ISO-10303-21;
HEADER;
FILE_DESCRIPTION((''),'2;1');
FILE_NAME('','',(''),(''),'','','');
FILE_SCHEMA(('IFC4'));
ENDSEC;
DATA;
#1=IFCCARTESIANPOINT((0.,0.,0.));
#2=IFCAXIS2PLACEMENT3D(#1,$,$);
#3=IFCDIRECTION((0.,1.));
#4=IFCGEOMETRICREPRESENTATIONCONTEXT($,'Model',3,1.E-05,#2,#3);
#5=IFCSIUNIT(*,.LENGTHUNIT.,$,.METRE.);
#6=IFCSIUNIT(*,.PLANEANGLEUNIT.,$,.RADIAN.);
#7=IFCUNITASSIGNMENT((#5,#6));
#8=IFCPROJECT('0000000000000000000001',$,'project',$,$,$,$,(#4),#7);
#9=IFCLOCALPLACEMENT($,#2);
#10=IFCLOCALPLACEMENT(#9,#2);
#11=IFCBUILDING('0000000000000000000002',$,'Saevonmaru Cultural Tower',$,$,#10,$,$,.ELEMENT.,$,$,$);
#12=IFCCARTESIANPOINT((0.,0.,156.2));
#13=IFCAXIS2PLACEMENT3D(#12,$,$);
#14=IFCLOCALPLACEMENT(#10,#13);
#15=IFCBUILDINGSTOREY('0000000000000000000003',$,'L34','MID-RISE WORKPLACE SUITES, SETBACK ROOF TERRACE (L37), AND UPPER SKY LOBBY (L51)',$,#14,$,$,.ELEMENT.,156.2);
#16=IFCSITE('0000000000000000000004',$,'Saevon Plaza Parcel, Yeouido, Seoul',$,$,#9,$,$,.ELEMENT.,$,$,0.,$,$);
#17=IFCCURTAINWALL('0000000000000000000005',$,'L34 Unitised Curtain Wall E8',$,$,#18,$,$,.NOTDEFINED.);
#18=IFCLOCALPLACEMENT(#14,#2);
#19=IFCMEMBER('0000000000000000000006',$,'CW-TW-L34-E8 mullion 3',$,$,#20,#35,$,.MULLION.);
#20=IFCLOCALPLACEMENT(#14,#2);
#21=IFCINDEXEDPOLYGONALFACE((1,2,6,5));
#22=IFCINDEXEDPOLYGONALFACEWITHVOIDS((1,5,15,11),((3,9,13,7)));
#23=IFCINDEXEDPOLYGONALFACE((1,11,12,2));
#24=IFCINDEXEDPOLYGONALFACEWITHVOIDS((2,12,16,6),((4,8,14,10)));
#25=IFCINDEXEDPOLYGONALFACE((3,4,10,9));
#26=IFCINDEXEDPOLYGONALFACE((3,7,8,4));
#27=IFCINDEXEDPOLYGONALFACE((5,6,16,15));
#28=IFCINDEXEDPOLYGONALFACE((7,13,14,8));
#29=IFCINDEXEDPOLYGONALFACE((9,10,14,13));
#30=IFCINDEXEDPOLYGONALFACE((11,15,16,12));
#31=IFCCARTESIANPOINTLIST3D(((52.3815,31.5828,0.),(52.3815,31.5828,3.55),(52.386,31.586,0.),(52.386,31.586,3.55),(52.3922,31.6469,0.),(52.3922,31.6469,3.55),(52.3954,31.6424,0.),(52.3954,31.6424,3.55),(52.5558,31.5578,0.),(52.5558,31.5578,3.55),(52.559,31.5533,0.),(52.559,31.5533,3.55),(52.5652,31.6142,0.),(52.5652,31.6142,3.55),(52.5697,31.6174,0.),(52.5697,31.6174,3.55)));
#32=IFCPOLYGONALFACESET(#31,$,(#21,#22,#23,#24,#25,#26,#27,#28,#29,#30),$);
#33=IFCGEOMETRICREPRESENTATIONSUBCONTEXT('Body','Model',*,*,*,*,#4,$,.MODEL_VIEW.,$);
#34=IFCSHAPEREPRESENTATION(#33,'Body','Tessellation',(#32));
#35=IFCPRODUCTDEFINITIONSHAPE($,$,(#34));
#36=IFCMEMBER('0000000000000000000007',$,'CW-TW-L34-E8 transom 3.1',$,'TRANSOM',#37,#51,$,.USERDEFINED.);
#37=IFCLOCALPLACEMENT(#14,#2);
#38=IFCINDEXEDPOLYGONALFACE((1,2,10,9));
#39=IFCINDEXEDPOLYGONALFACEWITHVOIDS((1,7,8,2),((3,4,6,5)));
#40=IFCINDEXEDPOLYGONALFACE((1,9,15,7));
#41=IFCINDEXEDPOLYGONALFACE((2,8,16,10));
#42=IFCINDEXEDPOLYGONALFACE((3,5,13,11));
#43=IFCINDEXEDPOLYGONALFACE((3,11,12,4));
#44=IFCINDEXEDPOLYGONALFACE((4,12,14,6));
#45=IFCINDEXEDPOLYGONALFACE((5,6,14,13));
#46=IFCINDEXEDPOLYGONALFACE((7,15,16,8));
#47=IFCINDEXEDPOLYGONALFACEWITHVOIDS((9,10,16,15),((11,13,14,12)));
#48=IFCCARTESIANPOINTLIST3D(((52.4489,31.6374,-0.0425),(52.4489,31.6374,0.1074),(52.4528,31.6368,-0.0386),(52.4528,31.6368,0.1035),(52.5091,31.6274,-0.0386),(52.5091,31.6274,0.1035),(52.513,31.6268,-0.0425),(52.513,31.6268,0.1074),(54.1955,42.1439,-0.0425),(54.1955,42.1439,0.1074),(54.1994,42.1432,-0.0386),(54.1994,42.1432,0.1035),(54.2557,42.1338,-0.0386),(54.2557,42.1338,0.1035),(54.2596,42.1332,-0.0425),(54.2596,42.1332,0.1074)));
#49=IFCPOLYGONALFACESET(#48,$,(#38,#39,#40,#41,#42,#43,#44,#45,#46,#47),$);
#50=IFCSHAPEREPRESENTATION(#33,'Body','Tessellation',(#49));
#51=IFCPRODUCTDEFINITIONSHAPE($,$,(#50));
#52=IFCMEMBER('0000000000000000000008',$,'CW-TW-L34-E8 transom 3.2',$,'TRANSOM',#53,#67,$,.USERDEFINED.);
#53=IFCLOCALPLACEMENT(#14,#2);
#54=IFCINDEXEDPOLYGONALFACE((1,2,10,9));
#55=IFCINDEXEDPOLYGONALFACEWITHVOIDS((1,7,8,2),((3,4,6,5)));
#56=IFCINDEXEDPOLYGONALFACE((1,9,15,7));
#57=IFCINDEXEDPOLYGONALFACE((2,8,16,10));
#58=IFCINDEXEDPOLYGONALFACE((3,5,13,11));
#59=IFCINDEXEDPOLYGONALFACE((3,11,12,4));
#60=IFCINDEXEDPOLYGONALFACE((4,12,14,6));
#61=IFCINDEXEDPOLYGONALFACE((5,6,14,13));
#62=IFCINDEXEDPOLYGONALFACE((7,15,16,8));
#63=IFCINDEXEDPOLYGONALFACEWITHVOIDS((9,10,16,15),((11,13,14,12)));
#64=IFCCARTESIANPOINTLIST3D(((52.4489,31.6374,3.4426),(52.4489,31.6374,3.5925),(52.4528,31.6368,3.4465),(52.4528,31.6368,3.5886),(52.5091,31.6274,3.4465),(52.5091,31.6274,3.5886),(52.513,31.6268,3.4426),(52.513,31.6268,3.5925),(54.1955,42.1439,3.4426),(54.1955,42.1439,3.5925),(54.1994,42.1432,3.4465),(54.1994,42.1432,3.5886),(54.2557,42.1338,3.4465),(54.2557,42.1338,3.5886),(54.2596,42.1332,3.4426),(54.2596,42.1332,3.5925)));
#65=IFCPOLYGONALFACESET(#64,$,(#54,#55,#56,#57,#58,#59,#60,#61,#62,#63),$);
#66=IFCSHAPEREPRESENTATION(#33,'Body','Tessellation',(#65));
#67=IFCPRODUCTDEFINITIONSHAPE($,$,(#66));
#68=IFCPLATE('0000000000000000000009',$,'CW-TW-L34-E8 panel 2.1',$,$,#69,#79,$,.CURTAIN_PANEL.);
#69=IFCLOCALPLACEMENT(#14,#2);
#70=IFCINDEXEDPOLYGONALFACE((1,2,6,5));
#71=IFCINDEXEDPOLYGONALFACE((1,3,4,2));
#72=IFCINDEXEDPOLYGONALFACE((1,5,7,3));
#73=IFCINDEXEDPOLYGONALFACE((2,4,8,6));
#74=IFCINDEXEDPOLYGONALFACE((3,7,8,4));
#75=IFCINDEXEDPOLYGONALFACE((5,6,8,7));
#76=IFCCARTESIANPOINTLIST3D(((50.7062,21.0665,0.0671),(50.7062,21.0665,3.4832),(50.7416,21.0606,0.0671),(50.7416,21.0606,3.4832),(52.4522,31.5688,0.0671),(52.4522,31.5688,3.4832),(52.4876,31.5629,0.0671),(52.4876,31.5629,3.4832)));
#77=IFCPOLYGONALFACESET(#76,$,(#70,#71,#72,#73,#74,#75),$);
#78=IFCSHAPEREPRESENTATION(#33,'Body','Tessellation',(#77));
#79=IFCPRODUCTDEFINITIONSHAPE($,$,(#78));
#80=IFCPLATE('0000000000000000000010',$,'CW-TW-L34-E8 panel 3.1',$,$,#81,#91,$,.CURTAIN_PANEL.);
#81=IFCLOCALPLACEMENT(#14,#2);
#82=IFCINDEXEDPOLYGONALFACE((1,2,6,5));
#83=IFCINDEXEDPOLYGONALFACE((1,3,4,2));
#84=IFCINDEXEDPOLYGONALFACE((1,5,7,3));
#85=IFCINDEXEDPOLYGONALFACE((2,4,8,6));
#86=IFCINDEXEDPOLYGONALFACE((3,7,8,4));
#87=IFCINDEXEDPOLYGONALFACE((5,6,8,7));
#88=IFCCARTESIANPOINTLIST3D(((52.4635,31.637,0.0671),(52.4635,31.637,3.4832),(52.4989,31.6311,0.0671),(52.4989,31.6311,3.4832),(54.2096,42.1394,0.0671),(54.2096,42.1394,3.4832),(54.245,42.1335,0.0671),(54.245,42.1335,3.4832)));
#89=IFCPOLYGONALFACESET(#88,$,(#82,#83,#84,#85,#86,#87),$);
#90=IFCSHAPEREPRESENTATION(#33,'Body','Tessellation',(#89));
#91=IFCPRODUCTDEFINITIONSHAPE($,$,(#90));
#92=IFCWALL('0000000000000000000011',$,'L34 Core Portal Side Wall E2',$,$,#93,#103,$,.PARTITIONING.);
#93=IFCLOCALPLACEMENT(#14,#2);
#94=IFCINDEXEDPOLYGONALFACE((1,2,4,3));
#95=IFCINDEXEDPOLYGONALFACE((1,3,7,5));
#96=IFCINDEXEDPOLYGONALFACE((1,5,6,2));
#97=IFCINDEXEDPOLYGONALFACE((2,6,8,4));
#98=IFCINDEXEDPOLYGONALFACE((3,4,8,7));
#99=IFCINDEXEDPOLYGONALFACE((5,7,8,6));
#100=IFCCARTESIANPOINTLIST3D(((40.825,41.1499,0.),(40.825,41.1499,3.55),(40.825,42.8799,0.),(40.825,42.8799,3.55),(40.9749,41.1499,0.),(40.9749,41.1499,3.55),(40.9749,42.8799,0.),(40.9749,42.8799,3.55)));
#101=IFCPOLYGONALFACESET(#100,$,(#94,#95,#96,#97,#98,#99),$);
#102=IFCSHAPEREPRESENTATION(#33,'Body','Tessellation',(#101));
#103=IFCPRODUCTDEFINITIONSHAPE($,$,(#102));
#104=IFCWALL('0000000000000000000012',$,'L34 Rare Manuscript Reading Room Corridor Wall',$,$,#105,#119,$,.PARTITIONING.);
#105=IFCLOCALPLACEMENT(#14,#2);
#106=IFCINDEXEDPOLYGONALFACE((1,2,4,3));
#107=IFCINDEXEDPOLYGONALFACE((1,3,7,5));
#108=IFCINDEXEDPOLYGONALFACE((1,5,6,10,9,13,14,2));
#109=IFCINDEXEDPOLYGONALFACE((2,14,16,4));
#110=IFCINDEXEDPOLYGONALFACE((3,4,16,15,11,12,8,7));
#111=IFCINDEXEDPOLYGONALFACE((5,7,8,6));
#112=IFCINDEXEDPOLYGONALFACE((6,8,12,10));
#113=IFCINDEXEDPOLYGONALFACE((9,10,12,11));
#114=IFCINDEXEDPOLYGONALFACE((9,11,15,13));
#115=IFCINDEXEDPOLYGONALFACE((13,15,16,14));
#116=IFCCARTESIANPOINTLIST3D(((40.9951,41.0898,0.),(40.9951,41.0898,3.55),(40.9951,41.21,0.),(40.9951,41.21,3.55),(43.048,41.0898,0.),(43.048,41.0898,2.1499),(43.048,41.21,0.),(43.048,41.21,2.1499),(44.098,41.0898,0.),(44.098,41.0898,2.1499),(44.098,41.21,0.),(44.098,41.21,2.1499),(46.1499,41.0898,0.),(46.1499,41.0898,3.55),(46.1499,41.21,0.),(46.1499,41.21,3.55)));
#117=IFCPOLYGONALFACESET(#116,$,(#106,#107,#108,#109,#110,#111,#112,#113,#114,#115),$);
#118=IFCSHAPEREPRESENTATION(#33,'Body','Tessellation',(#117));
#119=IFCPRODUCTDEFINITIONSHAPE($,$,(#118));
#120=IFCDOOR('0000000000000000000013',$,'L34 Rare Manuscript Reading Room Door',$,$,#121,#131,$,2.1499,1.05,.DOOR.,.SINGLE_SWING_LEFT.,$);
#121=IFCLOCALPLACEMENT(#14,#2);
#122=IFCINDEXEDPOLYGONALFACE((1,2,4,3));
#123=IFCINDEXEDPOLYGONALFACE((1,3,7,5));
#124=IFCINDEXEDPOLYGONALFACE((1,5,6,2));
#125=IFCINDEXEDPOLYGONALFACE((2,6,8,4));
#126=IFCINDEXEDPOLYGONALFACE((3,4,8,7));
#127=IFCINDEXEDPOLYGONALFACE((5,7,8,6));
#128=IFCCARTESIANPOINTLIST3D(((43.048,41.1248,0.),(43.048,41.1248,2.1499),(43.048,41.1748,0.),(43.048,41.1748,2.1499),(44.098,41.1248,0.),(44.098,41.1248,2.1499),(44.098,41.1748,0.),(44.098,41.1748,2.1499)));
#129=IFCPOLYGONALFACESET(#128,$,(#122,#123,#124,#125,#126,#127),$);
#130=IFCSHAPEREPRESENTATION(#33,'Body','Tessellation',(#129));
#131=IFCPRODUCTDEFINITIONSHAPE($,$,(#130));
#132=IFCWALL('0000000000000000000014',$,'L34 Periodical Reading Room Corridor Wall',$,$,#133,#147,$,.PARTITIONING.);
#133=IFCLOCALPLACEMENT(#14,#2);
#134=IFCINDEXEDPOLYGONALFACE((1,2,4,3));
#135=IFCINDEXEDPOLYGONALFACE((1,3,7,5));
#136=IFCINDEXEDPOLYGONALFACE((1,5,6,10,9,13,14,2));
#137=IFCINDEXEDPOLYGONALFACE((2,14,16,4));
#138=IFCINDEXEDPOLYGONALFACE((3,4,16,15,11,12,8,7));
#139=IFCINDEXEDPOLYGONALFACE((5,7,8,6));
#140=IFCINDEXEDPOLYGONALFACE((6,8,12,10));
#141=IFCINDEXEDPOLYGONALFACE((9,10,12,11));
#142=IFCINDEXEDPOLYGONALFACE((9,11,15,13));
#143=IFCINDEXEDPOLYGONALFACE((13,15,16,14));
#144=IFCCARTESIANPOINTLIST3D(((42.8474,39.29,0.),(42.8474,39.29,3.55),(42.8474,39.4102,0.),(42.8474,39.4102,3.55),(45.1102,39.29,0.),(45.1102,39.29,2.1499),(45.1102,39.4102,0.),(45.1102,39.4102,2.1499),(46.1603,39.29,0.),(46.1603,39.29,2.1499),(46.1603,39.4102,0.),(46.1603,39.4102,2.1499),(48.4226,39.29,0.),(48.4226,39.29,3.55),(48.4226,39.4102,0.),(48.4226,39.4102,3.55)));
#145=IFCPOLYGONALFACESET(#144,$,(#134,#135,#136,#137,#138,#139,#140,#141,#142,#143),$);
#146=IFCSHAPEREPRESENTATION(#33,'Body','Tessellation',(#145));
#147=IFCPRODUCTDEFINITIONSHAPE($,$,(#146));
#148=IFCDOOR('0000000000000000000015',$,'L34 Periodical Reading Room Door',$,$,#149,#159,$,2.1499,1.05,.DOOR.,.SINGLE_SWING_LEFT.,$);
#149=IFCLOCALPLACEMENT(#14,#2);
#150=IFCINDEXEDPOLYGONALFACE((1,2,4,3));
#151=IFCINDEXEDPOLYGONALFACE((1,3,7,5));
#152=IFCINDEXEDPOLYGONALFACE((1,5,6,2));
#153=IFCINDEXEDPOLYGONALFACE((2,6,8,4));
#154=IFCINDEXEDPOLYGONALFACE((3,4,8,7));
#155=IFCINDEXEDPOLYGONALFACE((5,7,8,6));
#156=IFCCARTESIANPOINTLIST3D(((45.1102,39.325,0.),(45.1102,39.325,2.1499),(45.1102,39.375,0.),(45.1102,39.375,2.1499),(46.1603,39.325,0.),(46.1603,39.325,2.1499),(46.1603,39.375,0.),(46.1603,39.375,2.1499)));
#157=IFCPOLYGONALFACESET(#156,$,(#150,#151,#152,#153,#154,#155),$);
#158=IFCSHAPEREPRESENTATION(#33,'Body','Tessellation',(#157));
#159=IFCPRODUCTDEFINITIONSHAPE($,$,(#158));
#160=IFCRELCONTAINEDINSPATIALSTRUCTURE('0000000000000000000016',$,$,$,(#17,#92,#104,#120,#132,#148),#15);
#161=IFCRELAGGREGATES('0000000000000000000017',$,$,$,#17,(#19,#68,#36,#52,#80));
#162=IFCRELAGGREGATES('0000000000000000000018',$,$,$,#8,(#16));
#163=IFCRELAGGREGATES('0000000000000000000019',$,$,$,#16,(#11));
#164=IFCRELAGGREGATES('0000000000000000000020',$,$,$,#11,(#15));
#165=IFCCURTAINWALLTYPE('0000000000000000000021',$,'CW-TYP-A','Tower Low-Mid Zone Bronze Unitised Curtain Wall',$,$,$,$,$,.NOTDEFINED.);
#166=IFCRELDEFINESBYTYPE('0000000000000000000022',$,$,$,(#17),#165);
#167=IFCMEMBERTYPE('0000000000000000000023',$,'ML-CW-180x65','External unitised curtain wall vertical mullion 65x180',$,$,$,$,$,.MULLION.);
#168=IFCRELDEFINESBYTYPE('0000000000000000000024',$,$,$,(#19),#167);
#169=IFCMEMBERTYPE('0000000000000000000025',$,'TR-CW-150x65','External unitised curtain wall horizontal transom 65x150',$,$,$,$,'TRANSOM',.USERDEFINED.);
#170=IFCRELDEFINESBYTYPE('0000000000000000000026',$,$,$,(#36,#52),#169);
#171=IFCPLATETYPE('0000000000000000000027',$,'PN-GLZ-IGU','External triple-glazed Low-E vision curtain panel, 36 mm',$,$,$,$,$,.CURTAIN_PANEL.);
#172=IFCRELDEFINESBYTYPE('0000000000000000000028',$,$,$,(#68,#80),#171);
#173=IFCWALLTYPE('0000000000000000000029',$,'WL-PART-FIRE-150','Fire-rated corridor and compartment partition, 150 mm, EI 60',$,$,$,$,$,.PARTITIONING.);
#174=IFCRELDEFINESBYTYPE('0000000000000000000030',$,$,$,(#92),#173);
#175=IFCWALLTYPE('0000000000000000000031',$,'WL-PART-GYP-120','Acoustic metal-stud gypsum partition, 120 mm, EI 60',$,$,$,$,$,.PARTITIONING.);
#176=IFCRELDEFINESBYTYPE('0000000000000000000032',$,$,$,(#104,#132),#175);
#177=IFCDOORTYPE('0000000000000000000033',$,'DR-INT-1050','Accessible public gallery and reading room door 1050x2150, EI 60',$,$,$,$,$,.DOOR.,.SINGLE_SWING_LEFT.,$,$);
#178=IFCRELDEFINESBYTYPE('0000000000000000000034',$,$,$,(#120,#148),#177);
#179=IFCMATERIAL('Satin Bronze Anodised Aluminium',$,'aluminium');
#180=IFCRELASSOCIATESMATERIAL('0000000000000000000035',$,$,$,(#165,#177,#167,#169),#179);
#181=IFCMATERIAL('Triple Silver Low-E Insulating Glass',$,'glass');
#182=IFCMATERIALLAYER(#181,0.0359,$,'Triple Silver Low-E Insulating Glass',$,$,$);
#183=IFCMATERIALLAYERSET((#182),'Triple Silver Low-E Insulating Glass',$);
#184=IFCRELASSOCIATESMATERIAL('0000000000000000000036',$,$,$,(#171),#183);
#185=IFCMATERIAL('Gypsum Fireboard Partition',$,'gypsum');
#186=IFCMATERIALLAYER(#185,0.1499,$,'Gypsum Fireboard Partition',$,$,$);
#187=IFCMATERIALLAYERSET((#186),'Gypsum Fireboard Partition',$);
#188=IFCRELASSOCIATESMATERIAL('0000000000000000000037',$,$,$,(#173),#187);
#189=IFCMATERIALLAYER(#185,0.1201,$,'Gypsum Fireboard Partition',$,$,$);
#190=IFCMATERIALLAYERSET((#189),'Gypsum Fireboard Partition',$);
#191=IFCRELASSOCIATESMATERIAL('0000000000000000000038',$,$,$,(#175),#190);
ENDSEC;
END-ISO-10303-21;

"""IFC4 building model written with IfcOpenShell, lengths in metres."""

from ifc_helpers import new_model, si_unit, direction, frame, frame_2d, origin, origin_2d, place, context, subcontext, project, spatial, rectangle, hollow_rectangle, extrude, material, layer, layer_set, material_profile, profile_set, type_object, element, fill, aggregate, save


model = new_model("IFC4")

# Units and contexts
model_context = context("Model", 3, precision=1e-05, world=origin(), true_north=direction((0.0, 1.0)))
body_context = subcontext(model_context, "Body", "Model", "MODEL_VIEW")
ifc_project = project(units=[si_unit("LENGTHUNIT", "METRE"), si_unit("PLANEANGLEUNIT", "RADIAN")], contexts=[model_context])

# Site, building, storey
site_placement = place(None, origin())
site = spatial("IfcSite", under=ifc_project, at=site_placement, Name="Saevon Plaza Parcel, Yeouido, Seoul", CompositionType="ELEMENT", RefElevation=0.0)
building_placement = place(site_placement, origin())
building = spatial("IfcBuilding", under=site, at=building_placement, Name="Saevonmaru Cultural Tower", CompositionType="ELEMENT")
storey_placement = place(building_placement, frame((0.0, 0.0, 156.2)))
storey = spatial("IfcBuildingStorey", under=building, at=storey_placement, Name="L34", Description="MID-RISE WORKPLACE SUITES, SETBACK ROOF TERRACE (L37), AND UPPER SKY LOBBY (L51)", CompositionType="ELEMENT", Elevation=156.2)

# Curtain wall, members, plates
ifc_material_1 = material(Name="Satin Bronze Anodised Aluminium", Category="aluminium")
curtain_wall_type = type_object("IfcCurtainWallType", Name="CW-TYP-A", Description="Tower Low-Mid Zone Bronze Unitised Curtain Wall", PredefinedType="NOTDEFINED", material=ifc_material_1)
curtain_wall_placement = place(storey_placement, origin())
curtain_wall = element("IfcCurtainWall", 1, at=curtain_wall_placement, inside=storey, type_object=curtain_wall_type, Name="L34 Unitised Curtain Wall E8", PredefinedType="NOTDEFINED")
ifc_material_profile_1 = material_profile(ifc_material_1, hollow_rectangle(XDim=0.0649, YDim=0.1799, WallThickness=0.0039, at=origin_2d()), Name="ALU-MULL-180x65x4")
ifc_profile_set_1 = profile_set([ifc_material_profile_1], Name="Satin Bronze Anodised Aluminium")
member_type_1 = type_object("IfcMemberType", Name="ML-CW-180x65", Description="External unitised curtain wall vertical mullion 65x180", PredefinedType="MULLION", material=ifc_profile_set_1)
member_1_placement = place(storey_placement, frame((52.4756, 31.6001, 0.0), z_axis=(0.0, 0.0, 1.0), x_axis=(0.163999, 0.986461, 0.0)))
member_1 = element("IfcMember", 2, at=member_1_placement, type_object=member_type_1, Name="CW-TW-L34-E8 mullion 3", PredefinedType="MULLION", context=body_context, shape_type="SweptSolid", body=[
    extrude(hollow_rectangle(XDim=0.0649, YDim=0.1799, WallThickness=0.0039, at=origin_2d()), origin(), (0.0, 0.0, 1.0), 3.55),
])
ifc_material_profile_2 = material_profile(ifc_material_1, hollow_rectangle(XDim=0.0649, YDim=0.1499, WallThickness=0.0039, at=origin_2d()), Name="ALU-TRAN-150x65x4")
ifc_profile_set_2 = profile_set([ifc_material_profile_2], Name="Satin Bronze Anodised Aluminium")
member_type_2 = type_object("IfcMemberType", Name="TR-CW-150x65", Description="External unitised curtain wall horizontal transom 65x150", ElementType="TRANSOM", PredefinedType="USERDEFINED", material=ifc_profile_set_2)
member_2_placement = place(storey_placement, frame((52.481, 31.6321, 0.0325), z_axis=(0.16399, 0.986462, 0.0), x_axis=(-0.986462, 0.16399, 0.0)))
member_2 = element("IfcMember", 3, at=member_2_placement, type_object=member_type_2, Name="CW-TW-L34-E8 transom 3.1", ObjectType="TRANSOM", PredefinedType="USERDEFINED", context=body_context, shape_type="SweptSolid", body=[
    extrude(hollow_rectangle(XDim=0.0649, YDim=0.1499, WallThickness=0.0039, at=origin_2d()), origin(), (0.0, 0.0, 1.0), 10.6506),
])
member_3_placement = place(storey_placement, frame((52.481, 31.6321, 3.5176), z_axis=(0.16399, 0.986462, 0.0), x_axis=(-0.986462, 0.16399, 0.0)))
member_3 = element("IfcMember", 4, at=member_3_placement, type_object=member_type_2, Name="CW-TW-L34-E8 transom 3.2", ObjectType="TRANSOM", PredefinedType="USERDEFINED", context=body_context, shape_type="SweptSolid", body=[
    extrude(hollow_rectangle(XDim=0.0649, YDim=0.1499, WallThickness=0.0039, at=origin_2d()), origin(), (0.0, 0.0, 1.0), 10.6506),
])
ifc_material_2 = material(Name="Triple Silver Low-E Insulating Glass", Category="glass")
ifc_layer_1 = layer(ifc_material_2, 0.0359, Name="Triple Silver Low-E Insulating Glass")
ifc_layer_set_1 = layer_set([ifc_layer_1], Name="Triple Silver Low-E Insulating Glass")
plate_type = type_object("IfcPlateType", Name="PN-GLZ-IGU", Description="External triple-glazed Low-E vision curtain panel, 36 mm", PredefinedType="CURTAIN_PANEL", material=ifc_layer_set_1)
plate_1_placement = place(storey_placement, frame((51.5969, 26.3147, 0.0671), z_axis=(0.0, 0.0, 1.0), x_axis=(0.163999, 0.986461, 0.0)))
plate_1 = element("IfcPlate", 5, at=plate_1_placement, type_object=plate_type, Name="CW-TW-L34-E8 panel 2.1", PredefinedType="CURTAIN_PANEL", context=body_context, shape_type="SweptSolid", body=[
    extrude(rectangle(XDim=10.6465, YDim=0.0359, at=origin_2d()), origin(), (0.0, 0.0, 1.0), 3.416),
])
plate_2_placement = place(storey_placement, frame((53.3542, 36.8853, 0.0671), z_axis=(0.0, 0.0, 1.0), x_axis=(0.163999, 0.986461, 0.0)))
plate_2 = element("IfcPlate", 6, at=plate_2_placement, type_object=plate_type, Name="CW-TW-L34-E8 panel 3.1", PredefinedType="CURTAIN_PANEL", context=body_context, shape_type="SweptSolid", body=[
    extrude(rectangle(XDim=10.6465, YDim=0.0359, at=origin_2d()), origin(), (0.0, 0.0, 1.0), 3.416),
])
aggregate(curtain_wall, [member_1, plate_1, member_2, member_3, plate_2])

# Wall
ifc_material_3 = material(Name="Gypsum Fireboard Partition", Category="gypsum")
ifc_layer_2 = layer(ifc_material_3, 0.1499, Name="Gypsum Fireboard Partition")
ifc_layer_set_2 = layer_set([ifc_layer_2], Name="Gypsum Fireboard Partition")
wall_type_1 = type_object("IfcWallType", Name="WL-PART-FIRE-150", Description="Fire-rated corridor and compartment partition, 150 mm, EI 60", PredefinedType="PARTITIONING", material=ifc_layer_set_2)
wall_1_placement = place(storey_placement, frame((40.8999, 41.1499, 0.0), z_axis=(0.0, 0.0, 1.0), x_axis=(0.0, 1.0, 0.0)))
element("IfcWall", 7, at=wall_1_placement, inside=storey, type_object=wall_type_1, Name="L34 Core Portal Side Wall E2", PredefinedType="PARTITIONING", context=body_context, shape_type="SweptSolid", body=[
    extrude(rectangle(XDim=1.73, YDim=0.1499, at=frame_2d((0.865, 0.0))), origin(), (0.0, 0.0, 1.0), 3.55),
])

# Walls, openings, doors
ifc_layer_3 = layer(ifc_material_3, 0.1201, Name="Gypsum Fireboard Partition")
ifc_layer_set_3 = layer_set([ifc_layer_3], Name="Gypsum Fireboard Partition")
wall_type_2 = type_object("IfcWallType", Name="WL-PART-GYP-120", Description="Acoustic metal-stud gypsum partition, 120 mm, EI 60", PredefinedType="PARTITIONING", material=ifc_layer_set_3)
wall_2_placement = place(storey_placement, frame((40.9951, 41.1499, 0.0), z_axis=(0.0, 0.0, 1.0), x_axis=(1.0, 0.0, 0.0)))
wall_2 = element("IfcWall", 8, at=wall_2_placement, inside=storey, type_object=wall_type_2, Name="L34 Rare Manuscript Reading Room Corridor Wall", PredefinedType="PARTITIONING", context=body_context, shape_type="SweptSolid", body=[
    extrude(rectangle(XDim=5.1548, YDim=0.1201, at=frame_2d((2.5774, 0.0))), origin(), (0.0, 0.0, 1.0), 3.55),
])
opening_1_placement = place(wall_2_placement, frame((2.053, 0.0, 0.0)))
opening_1 = element("IfcOpeningElement", 9, at=opening_1_placement, cuts=wall_2, PredefinedType="OPENING", context=body_context, shape_type="SweptSolid", body=[
    extrude(rectangle(XDim=1.05, YDim=2.1499, at=frame_2d((0.5249, 1.075))), frame((0.0, 0.0701, 0.0), z_axis=(0.0, -1.0, 0.0), x_axis=(1.0, 0.0, 0.0)), (0.0, 0.0, 1.0), 0.1401),
])
door_type_1 = type_object("IfcDoorType", Name="DR-INT-1050", Description="Accessible public gallery and reading room door 1050x2150, EI 60", OperationType="SINGLE_SWING_LEFT", PredefinedType="DOOR", material=ifc_material_1)
door_1_placement = place(opening_1_placement, origin())
door_1 = element("IfcDoor", 10, at=door_1_placement, inside=storey, type_object=door_type_1, Name="L34 Rare Manuscript Reading Room Door", OperationType="SINGLE_SWING_LEFT", OverallHeight=2.1499, OverallWidth=1.05, PredefinedType="DOOR", context=body_context, shape_type="SweptSolid", body=[
    extrude(rectangle(XDim=1.05, YDim=2.1499, at=frame_2d((0.5249, 1.075))), frame((0.0, 0.0249, 0.0), z_axis=(0.0, -1.0, 0.0), x_axis=(1.0, 0.0, 0.0)), (0.0, 0.0, 1.0), 0.05),
])
fill(opening_1, door_1)
wall_3_placement = place(storey_placement, frame((42.8474, 39.3501, 0.0), z_axis=(0.0, 0.0, 1.0), x_axis=(1.0, 0.0, 0.0)))
wall_3 = element("IfcWall", 11, at=wall_3_placement, inside=storey, type_object=wall_type_2, Name="L34 Periodical Reading Room Corridor Wall", PredefinedType="PARTITIONING", context=body_context, shape_type="SweptSolid", body=[
    extrude(rectangle(XDim=5.5752, YDim=0.1201, at=frame_2d((2.7876, 0.0))), origin(), (0.0, 0.0, 1.0), 3.55),
])
opening_2_placement = place(wall_3_placement, frame((2.2629, 0.0, 0.0)))
opening_2 = element("IfcOpeningElement", 12, at=opening_2_placement, cuts=wall_3, PredefinedType="OPENING", context=body_context, shape_type="SweptSolid", body=[
    extrude(rectangle(XDim=1.05, YDim=2.1499, at=frame_2d((0.5249, 1.075))), frame((0.0, 0.0701, 0.0), z_axis=(0.0, -1.0, 0.0), x_axis=(1.0, 0.0, 0.0)), (0.0, 0.0, 1.0), 0.1401),
])
door_2_placement = place(opening_2_placement, origin())
door_2 = element("IfcDoor", 13, at=door_2_placement, inside=storey, type_object=door_type_1, Name="L34 Periodical Reading Room Door", OperationType="SINGLE_SWING_LEFT", OverallHeight=2.1499, OverallWidth=1.05, PredefinedType="DOOR", context=body_context, shape_type="SweptSolid", body=[
    extrude(rectangle(XDim=1.05, YDim=2.1499, at=frame_2d((0.5249, 1.075))), frame((0.0, 0.0249, 0.0), z_axis=(0.0, -1.0, 0.0), x_axis=(1.0, 0.0, 0.0)), (0.0, 0.0, 1.0), 0.05),
])
fill(opening_2, door_2)

save(model, "model.ifc")
